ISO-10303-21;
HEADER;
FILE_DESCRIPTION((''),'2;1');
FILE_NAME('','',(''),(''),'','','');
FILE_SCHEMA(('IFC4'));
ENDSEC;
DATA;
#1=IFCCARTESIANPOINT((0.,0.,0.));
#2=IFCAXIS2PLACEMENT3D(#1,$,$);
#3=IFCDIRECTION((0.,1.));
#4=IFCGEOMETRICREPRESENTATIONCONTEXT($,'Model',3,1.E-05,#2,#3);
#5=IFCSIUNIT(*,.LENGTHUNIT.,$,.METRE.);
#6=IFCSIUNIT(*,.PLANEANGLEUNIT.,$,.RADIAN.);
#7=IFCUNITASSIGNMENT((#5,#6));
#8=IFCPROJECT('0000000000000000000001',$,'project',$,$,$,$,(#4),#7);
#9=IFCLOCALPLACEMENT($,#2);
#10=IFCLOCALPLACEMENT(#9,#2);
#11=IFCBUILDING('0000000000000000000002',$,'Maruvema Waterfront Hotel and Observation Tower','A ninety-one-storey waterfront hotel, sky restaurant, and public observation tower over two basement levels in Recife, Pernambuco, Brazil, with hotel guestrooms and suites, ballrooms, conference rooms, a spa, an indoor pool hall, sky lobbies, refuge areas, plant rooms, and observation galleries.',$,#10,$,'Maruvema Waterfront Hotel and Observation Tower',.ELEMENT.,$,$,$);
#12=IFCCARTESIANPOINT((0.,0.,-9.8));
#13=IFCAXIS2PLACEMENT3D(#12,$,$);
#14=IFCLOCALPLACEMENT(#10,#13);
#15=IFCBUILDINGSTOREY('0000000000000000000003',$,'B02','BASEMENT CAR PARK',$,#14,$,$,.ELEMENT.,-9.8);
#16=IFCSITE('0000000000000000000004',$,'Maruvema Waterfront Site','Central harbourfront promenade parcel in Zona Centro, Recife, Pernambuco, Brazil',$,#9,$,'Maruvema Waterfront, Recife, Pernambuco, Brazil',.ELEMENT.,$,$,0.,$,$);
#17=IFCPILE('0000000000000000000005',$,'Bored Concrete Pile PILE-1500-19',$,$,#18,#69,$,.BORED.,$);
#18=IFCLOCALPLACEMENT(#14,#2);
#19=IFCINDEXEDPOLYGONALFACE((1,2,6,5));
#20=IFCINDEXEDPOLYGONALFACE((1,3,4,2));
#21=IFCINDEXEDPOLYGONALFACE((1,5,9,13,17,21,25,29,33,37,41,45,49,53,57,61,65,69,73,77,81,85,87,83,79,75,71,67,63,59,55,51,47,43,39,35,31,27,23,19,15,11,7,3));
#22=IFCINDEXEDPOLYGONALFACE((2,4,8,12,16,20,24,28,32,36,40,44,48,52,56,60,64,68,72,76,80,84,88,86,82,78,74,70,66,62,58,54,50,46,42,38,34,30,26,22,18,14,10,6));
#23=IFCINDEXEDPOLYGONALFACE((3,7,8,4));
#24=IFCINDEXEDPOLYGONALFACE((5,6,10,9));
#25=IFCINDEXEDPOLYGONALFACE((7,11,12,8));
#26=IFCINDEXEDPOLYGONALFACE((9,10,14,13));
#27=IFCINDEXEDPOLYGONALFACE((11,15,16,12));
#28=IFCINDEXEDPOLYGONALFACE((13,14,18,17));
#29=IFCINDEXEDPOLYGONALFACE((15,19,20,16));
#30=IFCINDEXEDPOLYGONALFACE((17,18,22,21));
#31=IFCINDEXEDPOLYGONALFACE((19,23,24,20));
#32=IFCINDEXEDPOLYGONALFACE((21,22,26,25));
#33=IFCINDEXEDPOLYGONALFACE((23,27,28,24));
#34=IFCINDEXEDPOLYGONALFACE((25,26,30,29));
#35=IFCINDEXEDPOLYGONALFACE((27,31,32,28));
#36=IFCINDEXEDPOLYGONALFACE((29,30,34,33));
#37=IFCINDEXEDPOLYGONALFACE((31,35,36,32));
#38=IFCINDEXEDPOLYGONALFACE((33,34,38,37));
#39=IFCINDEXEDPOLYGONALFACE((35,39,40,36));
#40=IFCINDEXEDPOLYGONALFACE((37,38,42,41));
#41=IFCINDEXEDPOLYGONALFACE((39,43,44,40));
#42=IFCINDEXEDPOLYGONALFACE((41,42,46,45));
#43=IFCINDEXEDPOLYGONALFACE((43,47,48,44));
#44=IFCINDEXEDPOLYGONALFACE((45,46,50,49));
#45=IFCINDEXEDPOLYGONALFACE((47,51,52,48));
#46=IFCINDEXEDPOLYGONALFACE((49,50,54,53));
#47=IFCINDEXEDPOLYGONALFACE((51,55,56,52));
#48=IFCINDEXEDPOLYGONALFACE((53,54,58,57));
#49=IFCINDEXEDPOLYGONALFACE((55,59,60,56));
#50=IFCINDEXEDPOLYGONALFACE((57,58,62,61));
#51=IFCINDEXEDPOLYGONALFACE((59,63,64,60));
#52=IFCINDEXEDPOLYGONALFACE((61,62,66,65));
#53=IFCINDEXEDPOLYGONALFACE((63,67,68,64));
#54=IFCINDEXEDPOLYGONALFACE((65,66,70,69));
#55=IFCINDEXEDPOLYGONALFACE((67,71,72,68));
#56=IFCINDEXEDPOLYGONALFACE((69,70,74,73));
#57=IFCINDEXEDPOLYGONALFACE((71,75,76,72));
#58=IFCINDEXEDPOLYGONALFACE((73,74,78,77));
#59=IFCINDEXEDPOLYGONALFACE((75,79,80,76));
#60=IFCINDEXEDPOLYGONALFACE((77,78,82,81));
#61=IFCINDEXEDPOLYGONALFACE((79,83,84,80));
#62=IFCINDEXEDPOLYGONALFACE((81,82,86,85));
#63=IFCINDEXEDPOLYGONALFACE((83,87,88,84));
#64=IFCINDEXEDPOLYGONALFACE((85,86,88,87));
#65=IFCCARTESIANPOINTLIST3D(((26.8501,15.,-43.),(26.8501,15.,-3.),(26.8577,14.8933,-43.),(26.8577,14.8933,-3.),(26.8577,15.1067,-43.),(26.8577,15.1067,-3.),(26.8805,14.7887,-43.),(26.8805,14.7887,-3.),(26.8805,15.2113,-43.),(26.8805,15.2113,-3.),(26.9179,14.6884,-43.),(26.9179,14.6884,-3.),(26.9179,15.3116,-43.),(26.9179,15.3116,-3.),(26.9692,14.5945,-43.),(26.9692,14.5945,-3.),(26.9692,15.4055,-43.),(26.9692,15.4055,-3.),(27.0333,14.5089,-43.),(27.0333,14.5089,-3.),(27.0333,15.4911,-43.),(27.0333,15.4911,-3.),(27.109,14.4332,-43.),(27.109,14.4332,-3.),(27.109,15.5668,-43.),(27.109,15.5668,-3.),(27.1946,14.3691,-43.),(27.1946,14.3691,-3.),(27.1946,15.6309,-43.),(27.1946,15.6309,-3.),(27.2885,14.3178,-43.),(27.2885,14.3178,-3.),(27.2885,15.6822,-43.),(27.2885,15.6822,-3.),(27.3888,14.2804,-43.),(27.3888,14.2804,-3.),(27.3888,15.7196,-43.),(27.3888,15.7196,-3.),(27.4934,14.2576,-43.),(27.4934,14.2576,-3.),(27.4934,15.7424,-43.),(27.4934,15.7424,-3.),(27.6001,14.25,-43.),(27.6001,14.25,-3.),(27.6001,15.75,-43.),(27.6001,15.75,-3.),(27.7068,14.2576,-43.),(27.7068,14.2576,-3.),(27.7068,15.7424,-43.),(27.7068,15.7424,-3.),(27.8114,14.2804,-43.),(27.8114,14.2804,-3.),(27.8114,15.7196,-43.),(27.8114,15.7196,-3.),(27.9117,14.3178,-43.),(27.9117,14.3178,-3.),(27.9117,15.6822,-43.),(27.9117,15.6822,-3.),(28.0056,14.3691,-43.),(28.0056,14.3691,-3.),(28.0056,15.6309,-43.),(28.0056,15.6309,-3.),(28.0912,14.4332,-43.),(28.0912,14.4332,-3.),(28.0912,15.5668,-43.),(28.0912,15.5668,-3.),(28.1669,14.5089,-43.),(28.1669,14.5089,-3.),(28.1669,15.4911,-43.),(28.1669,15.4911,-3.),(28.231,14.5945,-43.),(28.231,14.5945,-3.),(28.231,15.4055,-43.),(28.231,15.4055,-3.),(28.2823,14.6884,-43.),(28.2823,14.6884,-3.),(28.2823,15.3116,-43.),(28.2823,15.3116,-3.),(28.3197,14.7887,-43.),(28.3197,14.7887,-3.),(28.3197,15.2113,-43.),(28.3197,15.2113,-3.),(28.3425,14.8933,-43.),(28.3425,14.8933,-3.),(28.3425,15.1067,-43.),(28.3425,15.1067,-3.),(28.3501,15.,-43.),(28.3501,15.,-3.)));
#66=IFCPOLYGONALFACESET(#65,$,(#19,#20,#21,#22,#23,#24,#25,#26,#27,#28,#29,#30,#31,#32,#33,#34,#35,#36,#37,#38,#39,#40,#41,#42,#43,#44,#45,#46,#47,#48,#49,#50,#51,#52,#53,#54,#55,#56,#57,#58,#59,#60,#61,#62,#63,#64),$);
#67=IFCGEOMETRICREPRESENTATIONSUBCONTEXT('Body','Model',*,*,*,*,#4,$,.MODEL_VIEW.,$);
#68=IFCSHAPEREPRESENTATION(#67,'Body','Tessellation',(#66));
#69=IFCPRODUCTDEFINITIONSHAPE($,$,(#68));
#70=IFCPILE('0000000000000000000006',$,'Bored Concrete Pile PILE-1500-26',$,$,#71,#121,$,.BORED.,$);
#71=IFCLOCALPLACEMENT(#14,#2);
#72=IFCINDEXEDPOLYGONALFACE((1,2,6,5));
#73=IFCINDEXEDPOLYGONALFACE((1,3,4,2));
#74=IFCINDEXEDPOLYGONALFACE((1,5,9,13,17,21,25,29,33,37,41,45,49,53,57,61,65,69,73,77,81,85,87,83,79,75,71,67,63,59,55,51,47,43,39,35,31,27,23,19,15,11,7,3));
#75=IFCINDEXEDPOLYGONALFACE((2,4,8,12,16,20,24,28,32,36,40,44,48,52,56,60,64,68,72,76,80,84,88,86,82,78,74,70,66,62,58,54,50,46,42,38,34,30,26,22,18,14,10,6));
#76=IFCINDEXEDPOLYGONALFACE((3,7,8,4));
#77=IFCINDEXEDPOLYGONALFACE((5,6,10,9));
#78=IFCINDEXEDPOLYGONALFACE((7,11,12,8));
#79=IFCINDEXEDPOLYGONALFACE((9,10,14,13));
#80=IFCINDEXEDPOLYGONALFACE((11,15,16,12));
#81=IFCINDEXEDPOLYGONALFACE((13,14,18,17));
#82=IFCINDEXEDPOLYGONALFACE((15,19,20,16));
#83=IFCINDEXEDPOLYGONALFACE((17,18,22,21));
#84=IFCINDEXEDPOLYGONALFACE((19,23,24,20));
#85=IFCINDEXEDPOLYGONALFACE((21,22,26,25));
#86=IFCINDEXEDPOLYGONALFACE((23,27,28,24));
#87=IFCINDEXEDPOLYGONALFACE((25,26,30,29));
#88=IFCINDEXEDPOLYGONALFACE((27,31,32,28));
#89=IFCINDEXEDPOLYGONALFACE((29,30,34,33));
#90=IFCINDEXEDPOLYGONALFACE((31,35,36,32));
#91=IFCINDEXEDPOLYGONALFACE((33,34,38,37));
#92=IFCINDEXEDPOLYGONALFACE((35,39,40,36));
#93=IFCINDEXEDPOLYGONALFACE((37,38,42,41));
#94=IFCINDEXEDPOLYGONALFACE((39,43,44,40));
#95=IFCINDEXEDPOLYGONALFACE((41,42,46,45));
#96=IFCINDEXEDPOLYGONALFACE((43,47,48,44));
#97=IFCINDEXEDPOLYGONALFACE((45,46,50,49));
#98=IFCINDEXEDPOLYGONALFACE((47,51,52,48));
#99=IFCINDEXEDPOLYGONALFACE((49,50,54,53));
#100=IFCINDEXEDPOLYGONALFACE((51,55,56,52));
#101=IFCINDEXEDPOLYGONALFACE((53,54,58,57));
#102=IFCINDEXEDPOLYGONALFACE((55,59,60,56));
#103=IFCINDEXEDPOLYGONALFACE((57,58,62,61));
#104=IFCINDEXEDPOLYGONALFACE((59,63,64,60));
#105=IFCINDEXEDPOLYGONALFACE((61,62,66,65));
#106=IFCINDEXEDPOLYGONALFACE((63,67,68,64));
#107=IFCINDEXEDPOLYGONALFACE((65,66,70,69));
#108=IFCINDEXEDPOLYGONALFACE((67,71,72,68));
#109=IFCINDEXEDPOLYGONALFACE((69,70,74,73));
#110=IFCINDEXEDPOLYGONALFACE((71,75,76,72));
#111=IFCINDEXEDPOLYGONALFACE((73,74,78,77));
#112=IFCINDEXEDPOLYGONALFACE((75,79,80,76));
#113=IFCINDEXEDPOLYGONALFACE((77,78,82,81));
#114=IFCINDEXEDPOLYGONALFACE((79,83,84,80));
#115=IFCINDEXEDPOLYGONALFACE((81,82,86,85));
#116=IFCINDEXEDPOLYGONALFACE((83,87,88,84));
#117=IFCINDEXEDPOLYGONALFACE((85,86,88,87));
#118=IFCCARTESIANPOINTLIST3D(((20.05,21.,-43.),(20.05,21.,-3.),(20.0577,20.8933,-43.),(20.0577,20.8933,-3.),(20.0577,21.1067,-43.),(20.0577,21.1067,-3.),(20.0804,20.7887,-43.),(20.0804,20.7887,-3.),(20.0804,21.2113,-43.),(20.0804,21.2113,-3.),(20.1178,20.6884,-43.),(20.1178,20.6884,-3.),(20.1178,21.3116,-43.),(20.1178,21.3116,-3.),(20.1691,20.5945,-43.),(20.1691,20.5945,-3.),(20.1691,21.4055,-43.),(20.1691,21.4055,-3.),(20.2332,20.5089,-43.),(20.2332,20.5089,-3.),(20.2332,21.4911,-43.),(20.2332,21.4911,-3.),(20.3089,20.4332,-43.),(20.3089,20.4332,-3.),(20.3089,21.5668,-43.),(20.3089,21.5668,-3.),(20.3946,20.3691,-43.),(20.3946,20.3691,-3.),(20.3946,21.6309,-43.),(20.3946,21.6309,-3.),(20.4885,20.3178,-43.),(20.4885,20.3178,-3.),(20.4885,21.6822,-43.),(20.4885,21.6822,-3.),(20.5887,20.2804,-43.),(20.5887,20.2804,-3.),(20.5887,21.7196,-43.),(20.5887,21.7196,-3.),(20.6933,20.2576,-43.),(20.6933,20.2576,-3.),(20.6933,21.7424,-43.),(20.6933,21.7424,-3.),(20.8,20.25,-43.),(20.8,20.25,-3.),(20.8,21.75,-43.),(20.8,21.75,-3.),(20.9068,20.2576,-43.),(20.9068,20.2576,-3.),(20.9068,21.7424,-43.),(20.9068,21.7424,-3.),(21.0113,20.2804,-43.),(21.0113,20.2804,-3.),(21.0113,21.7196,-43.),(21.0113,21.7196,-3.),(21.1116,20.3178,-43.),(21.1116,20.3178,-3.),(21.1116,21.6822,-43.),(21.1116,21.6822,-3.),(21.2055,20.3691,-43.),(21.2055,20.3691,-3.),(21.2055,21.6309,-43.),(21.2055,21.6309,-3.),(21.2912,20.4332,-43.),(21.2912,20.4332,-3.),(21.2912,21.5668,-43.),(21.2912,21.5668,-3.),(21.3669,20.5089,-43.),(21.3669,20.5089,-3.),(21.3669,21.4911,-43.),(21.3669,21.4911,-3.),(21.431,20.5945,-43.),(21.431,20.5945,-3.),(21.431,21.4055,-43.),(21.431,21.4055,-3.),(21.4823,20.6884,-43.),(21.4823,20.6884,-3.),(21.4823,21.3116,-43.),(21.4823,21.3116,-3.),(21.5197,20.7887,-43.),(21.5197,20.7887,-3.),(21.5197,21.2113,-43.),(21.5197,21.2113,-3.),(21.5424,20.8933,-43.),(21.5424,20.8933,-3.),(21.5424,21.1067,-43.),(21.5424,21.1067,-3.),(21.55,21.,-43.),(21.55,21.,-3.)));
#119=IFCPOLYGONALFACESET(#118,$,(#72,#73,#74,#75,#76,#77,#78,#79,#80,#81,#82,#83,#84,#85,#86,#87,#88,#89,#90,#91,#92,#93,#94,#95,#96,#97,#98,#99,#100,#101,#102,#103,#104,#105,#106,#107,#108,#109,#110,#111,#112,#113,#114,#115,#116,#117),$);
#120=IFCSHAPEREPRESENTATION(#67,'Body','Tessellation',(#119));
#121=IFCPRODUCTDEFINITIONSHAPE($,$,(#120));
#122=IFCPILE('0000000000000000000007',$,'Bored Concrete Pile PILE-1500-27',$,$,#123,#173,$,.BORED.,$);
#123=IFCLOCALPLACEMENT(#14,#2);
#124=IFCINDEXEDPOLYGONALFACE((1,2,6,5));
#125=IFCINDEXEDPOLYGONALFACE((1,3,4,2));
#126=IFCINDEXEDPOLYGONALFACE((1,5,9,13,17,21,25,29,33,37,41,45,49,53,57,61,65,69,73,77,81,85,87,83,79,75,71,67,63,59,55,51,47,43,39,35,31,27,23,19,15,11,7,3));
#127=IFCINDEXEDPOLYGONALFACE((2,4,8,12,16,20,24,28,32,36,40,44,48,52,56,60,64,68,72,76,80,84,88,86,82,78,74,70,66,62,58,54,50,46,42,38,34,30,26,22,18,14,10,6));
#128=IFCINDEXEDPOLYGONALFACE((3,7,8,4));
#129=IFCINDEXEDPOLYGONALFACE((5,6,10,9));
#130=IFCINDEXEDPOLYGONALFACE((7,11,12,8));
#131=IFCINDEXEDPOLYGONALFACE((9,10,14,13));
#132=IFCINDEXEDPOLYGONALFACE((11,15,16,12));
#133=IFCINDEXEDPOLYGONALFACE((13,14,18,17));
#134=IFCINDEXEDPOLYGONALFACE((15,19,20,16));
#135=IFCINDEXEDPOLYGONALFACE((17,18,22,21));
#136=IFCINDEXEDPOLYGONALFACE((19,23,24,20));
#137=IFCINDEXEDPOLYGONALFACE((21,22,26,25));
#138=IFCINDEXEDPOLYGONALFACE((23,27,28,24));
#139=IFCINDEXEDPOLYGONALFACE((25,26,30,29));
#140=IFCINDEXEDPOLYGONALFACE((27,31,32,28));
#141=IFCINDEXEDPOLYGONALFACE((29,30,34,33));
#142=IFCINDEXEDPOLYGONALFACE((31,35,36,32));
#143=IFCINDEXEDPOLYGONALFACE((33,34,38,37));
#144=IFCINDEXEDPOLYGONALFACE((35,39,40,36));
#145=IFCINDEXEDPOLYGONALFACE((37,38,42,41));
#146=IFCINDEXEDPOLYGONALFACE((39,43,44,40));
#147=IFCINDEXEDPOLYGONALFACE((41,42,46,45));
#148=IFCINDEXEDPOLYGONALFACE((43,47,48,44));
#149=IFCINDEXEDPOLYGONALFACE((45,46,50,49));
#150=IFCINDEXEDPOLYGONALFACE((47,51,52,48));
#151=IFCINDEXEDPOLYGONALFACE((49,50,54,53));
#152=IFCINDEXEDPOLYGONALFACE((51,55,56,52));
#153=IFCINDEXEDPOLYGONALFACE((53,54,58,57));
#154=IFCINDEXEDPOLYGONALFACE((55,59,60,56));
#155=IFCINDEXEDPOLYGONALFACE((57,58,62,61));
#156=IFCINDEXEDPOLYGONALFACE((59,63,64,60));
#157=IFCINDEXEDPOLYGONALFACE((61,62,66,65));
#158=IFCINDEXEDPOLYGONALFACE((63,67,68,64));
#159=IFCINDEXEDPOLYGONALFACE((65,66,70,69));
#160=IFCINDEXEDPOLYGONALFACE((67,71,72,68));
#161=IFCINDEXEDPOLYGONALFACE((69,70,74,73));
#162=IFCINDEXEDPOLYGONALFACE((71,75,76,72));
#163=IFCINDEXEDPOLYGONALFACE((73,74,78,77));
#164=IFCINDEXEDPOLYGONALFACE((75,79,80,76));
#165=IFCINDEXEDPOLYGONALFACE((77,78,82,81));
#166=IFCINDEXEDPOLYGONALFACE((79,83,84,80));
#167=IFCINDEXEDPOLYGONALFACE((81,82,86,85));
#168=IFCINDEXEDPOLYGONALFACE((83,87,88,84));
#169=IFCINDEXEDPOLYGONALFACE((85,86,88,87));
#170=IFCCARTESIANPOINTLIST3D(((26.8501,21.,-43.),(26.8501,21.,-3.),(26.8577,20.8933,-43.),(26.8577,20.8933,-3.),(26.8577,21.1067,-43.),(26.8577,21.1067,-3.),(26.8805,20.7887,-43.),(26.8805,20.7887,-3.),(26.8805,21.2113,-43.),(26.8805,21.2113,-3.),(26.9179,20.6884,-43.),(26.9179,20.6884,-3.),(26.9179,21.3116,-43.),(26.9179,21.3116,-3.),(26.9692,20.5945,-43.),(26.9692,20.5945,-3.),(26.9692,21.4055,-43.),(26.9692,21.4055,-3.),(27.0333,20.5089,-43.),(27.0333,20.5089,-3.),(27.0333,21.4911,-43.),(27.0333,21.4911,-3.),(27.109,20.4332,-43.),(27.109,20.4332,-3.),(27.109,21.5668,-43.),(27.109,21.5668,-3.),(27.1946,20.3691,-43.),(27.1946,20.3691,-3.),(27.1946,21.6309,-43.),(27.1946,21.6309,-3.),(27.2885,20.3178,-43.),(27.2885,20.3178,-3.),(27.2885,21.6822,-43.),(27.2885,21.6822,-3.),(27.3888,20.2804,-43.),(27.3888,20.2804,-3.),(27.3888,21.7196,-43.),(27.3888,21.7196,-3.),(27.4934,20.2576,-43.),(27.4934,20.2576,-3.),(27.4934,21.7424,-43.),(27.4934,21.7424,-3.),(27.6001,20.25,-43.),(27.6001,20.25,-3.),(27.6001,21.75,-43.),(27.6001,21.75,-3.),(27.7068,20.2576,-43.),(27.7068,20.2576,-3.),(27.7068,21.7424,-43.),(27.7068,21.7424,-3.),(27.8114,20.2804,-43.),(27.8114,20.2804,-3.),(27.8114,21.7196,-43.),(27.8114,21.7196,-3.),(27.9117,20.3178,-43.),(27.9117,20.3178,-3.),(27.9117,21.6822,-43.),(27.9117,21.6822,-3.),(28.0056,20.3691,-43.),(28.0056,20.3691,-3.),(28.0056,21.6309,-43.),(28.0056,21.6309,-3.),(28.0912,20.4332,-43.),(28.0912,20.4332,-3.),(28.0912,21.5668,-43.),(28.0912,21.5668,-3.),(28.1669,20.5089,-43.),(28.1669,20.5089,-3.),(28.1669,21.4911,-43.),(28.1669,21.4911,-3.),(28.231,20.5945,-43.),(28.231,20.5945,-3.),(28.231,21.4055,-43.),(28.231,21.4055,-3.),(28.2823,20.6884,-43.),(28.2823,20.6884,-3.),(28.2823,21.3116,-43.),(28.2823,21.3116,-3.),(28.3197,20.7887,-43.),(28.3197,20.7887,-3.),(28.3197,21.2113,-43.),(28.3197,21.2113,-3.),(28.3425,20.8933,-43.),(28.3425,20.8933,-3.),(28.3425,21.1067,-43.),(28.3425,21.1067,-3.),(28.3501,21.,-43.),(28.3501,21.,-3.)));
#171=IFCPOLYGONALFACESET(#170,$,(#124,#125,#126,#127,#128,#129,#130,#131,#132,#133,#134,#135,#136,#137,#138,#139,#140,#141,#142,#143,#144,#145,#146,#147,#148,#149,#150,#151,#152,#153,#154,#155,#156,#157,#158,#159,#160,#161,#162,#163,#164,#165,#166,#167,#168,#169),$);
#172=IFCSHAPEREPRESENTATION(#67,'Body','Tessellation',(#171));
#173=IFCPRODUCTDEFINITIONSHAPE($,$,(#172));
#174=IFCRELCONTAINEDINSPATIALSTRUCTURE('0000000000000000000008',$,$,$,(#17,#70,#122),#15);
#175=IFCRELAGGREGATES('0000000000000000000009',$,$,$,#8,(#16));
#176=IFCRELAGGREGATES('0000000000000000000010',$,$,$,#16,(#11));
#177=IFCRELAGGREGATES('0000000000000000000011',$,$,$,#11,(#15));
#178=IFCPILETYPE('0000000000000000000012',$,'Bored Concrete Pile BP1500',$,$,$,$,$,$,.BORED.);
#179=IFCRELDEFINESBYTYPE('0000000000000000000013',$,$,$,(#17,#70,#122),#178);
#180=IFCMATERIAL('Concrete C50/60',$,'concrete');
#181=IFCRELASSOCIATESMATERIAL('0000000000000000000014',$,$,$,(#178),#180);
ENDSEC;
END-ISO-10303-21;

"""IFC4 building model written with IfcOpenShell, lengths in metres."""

from ifc_helpers import new_model, si_unit, direction, frame, origin, origin_2d, place, context, subcontext, project, spatial, circle, extrude, material, material_profile, profile_set, type_object, element, save


model = new_model("IFC4")

# Units and contexts
model_context = context("Model", 3, precision=1e-05, world=origin(), true_north=direction((0.0, 1.0)))
body_context = subcontext(model_context, "Body", "Model", "MODEL_VIEW")
ifc_project = project(units=[si_unit("LENGTHUNIT", "METRE"), si_unit("PLANEANGLEUNIT", "RADIAN")], contexts=[model_context])

# Site, building, storey
site_placement = place(None, origin())
site = spatial("IfcSite", under=ifc_project, at=site_placement, Name="Maruvema Waterfront Site", Description="Central harbourfront promenade parcel in Zona Centro, Recife, Pernambuco, Brazil", LongName="Maruvema Waterfront, Recife, Pernambuco, Brazil", CompositionType="ELEMENT", RefElevation=0.0)
building_placement = place(site_placement, origin())
building = spatial("IfcBuilding", under=site, at=building_placement, Name="Maruvema Waterfront Hotel and Observation Tower", Description="A ninety-one-storey waterfront hotel, sky restaurant, and public observation tower over two basement levels in Recife, Pernambuco, Brazil, with hotel guestrooms and suites, ballrooms, conference rooms, a spa, an indoor pool hall, sky lobbies, refuge areas, plant rooms, and observation galleries.", LongName="Maruvema Waterfront Hotel and Observation Tower", CompositionType="ELEMENT")
storey_placement = place(building_placement, frame((0.0, 0.0, -9.8)))
storey = spatial("IfcBuildingStorey", under=building, at=storey_placement, Name="B02", Description="BASEMENT CAR PARK", CompositionType="ELEMENT", Elevation=-9.8)

# Piles
ifc_material_1 = material(Name="Concrete C50/60", Category="concrete")
ifc_material_profile_1 = material_profile(ifc_material_1, circle(Radius=0.75, at=origin_2d()), Name="BP1500")
ifc_profile_set_1 = profile_set([ifc_material_profile_1], Name="Concrete C50/60")
pile_type = type_object("IfcPileType", Name="Bored Concrete Pile BP1500", PredefinedType="BORED", material=ifc_profile_set_1)
for number, where, z_axis, x_axis, name in (
    (1, (27.6001, 15.0, -3.0), (0.0, 0.0, -1.0), (1.0, 0.0, 0.0), "Bored Concrete Pile PILE-1500-19"),
    (2, (20.8, 21.0, -3.0), (0.0, 0.0, -1.0), (1.0, 0.0, 0.0), "Bored Concrete Pile PILE-1500-26"),
    (3, (27.6001, 21.0, -3.0), (0.0, 0.0, -1.0), (1.0, 0.0, 0.0), "Bored Concrete Pile PILE-1500-27"),
):
    element("IfcPile", number, at=place(storey_placement, frame(where, z_axis=z_axis, x_axis=x_axis)), inside=storey, type_object=pile_type, Name=name, PredefinedType="BORED", context=body_context, shape_type="SweptSolid", body=[
        extrude(circle(Radius=0.75, at=origin_2d()), origin(), (0.0, 0.0, 1.0), 40.0),
    ])

save(model, "model.ifc")
